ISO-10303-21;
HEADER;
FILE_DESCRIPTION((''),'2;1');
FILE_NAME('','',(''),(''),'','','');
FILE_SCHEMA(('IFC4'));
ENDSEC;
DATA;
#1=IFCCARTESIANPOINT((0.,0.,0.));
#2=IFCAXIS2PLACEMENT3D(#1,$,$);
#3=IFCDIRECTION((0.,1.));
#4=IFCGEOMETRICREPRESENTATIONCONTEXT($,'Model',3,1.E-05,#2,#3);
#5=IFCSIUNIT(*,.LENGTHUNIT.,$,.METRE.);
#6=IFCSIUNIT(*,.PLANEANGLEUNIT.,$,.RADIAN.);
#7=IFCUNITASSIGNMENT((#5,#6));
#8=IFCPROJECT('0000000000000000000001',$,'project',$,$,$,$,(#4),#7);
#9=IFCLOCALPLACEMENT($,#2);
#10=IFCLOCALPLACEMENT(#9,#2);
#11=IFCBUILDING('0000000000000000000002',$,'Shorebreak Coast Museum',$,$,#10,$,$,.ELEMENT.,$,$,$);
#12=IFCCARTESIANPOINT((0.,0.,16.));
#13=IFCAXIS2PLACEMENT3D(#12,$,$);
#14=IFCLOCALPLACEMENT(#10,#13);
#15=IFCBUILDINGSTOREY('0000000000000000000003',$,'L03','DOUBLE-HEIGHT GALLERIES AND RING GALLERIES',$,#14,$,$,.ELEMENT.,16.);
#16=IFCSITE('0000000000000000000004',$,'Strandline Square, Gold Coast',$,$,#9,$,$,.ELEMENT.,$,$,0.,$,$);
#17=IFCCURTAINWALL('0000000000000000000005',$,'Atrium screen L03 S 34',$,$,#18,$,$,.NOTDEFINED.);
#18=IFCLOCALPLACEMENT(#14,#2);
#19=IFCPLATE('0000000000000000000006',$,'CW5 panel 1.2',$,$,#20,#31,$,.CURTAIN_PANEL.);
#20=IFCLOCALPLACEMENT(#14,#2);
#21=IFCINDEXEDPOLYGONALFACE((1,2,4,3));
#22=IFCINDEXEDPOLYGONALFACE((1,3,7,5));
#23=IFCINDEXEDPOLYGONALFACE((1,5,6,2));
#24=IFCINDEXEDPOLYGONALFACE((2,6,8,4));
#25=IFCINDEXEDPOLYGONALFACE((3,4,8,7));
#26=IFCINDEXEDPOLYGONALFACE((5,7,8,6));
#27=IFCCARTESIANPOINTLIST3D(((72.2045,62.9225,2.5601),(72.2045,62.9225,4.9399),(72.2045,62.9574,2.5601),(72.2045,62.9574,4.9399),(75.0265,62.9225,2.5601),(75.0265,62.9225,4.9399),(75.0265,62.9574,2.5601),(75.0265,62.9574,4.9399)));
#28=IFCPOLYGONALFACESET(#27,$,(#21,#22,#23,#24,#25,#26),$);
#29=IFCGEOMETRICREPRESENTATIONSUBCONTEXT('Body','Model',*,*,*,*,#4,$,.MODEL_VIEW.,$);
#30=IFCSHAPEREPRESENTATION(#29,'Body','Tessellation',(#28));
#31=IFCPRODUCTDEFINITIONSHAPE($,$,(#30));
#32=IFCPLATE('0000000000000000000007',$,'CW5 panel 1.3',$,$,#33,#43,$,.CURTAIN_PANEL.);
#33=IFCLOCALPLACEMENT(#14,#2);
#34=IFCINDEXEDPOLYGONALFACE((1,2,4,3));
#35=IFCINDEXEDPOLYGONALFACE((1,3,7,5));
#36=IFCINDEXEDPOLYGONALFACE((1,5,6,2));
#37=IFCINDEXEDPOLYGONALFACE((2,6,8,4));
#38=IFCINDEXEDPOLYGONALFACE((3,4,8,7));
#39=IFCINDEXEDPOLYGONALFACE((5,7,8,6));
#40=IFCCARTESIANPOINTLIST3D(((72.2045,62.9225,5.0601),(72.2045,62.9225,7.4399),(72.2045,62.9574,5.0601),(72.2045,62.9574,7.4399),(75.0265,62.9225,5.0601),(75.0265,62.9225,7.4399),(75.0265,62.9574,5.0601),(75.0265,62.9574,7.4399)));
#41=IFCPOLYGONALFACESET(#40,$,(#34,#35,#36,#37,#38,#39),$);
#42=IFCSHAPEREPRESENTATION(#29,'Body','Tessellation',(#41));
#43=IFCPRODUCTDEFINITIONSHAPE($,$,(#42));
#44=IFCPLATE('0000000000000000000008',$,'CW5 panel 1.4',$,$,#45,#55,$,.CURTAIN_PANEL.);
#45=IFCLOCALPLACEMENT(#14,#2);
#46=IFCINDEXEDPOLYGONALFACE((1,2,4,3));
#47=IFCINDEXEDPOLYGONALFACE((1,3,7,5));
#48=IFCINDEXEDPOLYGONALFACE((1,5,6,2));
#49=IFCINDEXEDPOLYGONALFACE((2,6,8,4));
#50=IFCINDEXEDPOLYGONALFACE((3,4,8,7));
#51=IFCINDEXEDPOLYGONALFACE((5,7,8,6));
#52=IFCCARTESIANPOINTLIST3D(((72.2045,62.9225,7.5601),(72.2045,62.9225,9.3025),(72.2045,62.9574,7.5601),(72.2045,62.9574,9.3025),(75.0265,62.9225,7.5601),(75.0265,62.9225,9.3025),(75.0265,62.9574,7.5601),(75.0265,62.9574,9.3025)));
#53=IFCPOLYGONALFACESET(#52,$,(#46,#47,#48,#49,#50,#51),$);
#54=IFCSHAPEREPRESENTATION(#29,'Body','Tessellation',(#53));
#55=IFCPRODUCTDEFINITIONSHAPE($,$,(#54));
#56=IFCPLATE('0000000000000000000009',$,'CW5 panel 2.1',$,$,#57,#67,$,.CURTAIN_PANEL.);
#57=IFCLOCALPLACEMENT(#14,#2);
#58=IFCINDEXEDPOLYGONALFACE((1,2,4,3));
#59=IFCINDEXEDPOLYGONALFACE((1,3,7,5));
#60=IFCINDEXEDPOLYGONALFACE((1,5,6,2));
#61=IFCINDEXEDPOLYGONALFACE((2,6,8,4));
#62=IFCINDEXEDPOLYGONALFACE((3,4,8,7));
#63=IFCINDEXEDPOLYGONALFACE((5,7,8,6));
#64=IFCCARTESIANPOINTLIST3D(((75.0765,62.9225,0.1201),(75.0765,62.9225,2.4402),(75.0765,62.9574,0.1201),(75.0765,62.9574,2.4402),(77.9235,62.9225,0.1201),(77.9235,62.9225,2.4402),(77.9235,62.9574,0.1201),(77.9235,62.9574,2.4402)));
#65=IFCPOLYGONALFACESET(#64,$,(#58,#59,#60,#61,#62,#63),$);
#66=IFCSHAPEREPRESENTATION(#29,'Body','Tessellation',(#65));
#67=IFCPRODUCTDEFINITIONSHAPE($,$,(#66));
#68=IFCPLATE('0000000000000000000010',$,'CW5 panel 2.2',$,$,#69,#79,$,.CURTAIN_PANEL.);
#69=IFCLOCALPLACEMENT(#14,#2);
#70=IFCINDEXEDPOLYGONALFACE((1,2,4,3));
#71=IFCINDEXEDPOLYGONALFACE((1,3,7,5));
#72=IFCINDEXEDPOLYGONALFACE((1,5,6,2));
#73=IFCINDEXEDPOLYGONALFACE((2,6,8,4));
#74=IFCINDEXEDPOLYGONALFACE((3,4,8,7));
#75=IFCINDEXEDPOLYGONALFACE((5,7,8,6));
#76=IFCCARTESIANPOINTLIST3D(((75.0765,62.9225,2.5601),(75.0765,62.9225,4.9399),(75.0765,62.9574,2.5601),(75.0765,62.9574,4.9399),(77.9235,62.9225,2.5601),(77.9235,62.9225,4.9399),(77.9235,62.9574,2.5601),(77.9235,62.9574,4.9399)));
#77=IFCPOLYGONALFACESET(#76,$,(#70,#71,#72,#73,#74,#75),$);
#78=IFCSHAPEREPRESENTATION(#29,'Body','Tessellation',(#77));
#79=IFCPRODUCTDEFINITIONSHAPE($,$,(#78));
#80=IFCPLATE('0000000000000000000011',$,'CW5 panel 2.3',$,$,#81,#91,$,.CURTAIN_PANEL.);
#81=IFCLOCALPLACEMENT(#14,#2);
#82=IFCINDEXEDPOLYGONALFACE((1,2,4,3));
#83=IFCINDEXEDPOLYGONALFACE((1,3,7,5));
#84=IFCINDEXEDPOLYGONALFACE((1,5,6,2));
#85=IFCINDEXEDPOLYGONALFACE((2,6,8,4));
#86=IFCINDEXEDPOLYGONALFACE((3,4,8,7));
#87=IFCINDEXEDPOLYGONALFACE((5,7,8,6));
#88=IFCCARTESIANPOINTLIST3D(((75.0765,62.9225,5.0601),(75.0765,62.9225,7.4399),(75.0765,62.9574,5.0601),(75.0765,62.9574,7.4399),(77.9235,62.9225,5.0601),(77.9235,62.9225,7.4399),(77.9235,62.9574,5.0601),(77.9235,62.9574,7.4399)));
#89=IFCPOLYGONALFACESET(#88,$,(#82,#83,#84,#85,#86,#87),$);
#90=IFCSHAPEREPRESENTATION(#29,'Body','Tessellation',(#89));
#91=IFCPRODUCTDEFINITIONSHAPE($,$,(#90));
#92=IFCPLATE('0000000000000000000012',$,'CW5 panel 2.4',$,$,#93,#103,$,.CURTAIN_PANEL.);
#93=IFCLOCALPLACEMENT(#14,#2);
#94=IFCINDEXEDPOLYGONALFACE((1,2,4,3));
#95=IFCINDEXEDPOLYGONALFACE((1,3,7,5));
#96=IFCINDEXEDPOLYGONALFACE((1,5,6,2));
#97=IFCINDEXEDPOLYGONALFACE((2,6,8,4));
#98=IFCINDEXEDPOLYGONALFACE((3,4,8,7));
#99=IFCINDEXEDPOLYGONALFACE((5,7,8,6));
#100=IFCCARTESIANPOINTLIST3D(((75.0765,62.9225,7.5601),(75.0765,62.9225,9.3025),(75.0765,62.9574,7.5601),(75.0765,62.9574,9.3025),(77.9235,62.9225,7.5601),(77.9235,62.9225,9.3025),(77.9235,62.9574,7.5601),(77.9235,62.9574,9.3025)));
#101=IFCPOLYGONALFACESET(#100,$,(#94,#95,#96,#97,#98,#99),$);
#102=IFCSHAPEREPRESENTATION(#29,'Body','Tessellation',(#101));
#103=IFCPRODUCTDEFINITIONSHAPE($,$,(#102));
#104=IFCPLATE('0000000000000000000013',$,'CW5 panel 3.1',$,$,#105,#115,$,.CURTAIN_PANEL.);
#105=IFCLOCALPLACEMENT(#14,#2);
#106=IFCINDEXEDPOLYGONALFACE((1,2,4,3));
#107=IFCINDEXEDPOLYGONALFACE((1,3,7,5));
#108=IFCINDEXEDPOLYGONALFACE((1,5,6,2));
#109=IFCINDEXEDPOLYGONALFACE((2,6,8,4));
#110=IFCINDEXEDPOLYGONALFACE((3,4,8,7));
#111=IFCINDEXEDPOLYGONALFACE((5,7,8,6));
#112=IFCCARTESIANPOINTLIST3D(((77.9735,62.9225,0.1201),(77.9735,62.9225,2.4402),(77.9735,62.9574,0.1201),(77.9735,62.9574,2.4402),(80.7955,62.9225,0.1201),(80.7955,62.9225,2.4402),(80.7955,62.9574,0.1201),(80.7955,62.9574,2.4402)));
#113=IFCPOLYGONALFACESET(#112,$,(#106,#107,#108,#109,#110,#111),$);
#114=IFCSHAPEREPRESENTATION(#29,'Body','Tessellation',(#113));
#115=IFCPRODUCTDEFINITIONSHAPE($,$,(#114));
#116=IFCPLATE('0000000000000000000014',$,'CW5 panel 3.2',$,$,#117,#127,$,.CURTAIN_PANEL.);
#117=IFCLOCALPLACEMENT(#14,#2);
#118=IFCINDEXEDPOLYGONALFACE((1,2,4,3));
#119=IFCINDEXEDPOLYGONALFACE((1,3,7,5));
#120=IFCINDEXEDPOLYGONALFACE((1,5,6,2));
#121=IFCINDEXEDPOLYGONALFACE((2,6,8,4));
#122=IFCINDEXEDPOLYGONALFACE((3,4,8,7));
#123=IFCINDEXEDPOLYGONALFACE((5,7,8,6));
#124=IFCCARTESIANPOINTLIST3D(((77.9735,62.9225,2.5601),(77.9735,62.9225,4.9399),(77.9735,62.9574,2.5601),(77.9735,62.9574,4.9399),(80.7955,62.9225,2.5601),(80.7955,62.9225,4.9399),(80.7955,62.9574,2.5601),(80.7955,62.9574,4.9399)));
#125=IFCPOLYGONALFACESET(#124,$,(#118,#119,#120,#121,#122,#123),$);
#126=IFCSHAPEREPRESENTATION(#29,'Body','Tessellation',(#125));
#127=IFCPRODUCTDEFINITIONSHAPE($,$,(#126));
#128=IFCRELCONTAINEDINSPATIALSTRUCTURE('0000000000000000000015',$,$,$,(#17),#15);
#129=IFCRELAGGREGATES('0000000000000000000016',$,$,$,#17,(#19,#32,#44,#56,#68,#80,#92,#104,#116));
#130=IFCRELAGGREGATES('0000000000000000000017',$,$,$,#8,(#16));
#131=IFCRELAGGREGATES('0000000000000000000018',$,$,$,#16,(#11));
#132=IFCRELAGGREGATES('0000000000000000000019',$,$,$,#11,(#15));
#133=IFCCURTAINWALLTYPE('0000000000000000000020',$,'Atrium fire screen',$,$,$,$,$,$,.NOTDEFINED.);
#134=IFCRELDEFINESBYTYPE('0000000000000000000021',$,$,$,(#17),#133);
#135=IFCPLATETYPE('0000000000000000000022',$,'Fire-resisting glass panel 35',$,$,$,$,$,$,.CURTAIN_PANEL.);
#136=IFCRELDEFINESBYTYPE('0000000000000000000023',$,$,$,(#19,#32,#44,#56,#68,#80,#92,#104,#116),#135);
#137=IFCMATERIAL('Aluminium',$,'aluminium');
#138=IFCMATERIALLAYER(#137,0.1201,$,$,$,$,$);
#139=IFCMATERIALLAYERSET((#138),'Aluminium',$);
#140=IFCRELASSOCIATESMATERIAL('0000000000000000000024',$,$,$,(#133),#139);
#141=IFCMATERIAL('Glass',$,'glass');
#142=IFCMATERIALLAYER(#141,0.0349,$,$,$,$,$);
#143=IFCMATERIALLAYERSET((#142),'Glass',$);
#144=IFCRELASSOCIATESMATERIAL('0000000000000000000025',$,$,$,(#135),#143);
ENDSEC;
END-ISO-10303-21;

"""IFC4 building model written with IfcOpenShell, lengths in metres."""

from ifc_helpers import new_model, si_unit, direction, frame, origin, origin_2d, place, context, subcontext, project, spatial, rectangle, extrude, material, layer, layer_set, type_object, element, aggregate, save


model = new_model("IFC4")

# Units and contexts
model_context = context("Model", 3, precision=1e-05, world=origin(), true_north=direction((0.0, 1.0)))
body_context = subcontext(model_context, "Body", "Model", "MODEL_VIEW")
ifc_project = project(units=[si_unit("LENGTHUNIT", "METRE"), si_unit("PLANEANGLEUNIT", "RADIAN")], contexts=[model_context])

# Site, building, storey
site_placement = place(None, origin())
site = spatial("IfcSite", under=ifc_project, at=site_placement, Name="Strandline Square, Gold Coast", CompositionType="ELEMENT", RefElevation=0.0)
building_placement = place(site_placement, origin())
building = spatial("IfcBuilding", under=site, at=building_placement, Name="Shorebreak Coast Museum", CompositionType="ELEMENT")
storey_placement = place(building_placement, frame((0.0, 0.0, 16.0)))
storey = spatial("IfcBuildingStorey", under=building, at=storey_placement, Name="L03", Description="DOUBLE-HEIGHT GALLERIES AND RING GALLERIES", CompositionType="ELEMENT", Elevation=16.0)

# Curtain wall, plates
ifc_material_1 = material(Name="Aluminium", Category="aluminium")
ifc_layer_1 = layer(ifc_material_1, 0.1201)
ifc_layer_set_1 = layer_set([ifc_layer_1], Name="Aluminium")
curtain_wall_type = type_object("IfcCurtainWallType", Name="Atrium fire screen", PredefinedType="NOTDEFINED", material=ifc_layer_set_1)
curtain_wall_placement = place(storey_placement, origin())
curtain_wall = element("IfcCurtainWall", 1, at=curtain_wall_placement, inside=storey, type_object=curtain_wall_type, Name="Atrium screen L03 S 34", PredefinedType="NOTDEFINED")
ifc_material_2 = material(Name="Glass", Category="glass")
ifc_layer_2 = layer(ifc_material_2, 0.0349)
ifc_layer_set_2 = layer_set([ifc_layer_2], Name="Glass")
plate_type = type_object("IfcPlateType", Name="Fire-resisting glass panel 35", PredefinedType="CURTAIN_PANEL", material=ifc_layer_set_2)
plate_1_placement = place(storey_placement, frame((73.6155, 62.9399, 2.5601), z_axis=(0.0, 0.0, 1.0), x_axis=(1.0, 0.0, 0.0)))
plate_1 = element("IfcPlate", 2, at=plate_1_placement, type_object=plate_type, Name="CW5 panel 1.2", PredefinedType="CURTAIN_PANEL", context=body_context, shape_type="SweptSolid", body=[
    extrude(rectangle(XDim=2.822, YDim=0.0349, at=origin_2d()), origin(), (0.0, 0.0, 1.0), 2.3799),
])
plate_2_placement = place(storey_placement, frame((73.6155, 62.9399, 5.0601), z_axis=(0.0, 0.0, 1.0), x_axis=(1.0, 0.0, 0.0)))
plate_2 = element("IfcPlate", 3, at=plate_2_placement, type_object=plate_type, Name="CW5 panel 1.3", PredefinedType="CURTAIN_PANEL", context=body_context, shape_type="SweptSolid", body=[
    extrude(rectangle(XDim=2.822, YDim=0.0349, at=origin_2d()), origin(), (0.0, 0.0, 1.0), 2.3799),
])
plate_3_placement = place(storey_placement, frame((73.6155, 62.9399, 7.5601), z_axis=(0.0, 0.0, 1.0), x_axis=(1.0, 0.0, 0.0)))
plate_3 = element("IfcPlate", 4, at=plate_3_placement, type_object=plate_type, Name="CW5 panel 1.4", PredefinedType="CURTAIN_PANEL", context=body_context, shape_type="SweptSolid", body=[
    extrude(rectangle(XDim=2.822, YDim=0.0349, at=origin_2d()), origin(), (0.0, 0.0, 1.0), 1.7424),
])
plate_4_placement = place(storey_placement, frame((76.5, 62.9399, 0.1201), z_axis=(0.0, 0.0, 1.0), x_axis=(1.0, 0.0, 0.0)))
plate_4 = element("IfcPlate", 5, at=plate_4_placement, type_object=plate_type, Name="CW5 panel 2.1", PredefinedType="CURTAIN_PANEL", context=body_context, shape_type="SweptSolid", body=[
    extrude(rectangle(XDim=2.8469, YDim=0.0349, at=origin_2d()), origin(), (0.0, 0.0, 1.0), 2.3201),
])
plate_5_placement = place(storey_placement, frame((76.5, 62.9399, 2.5601), z_axis=(0.0, 0.0, 1.0), x_axis=(1.0, 0.0, 0.0)))
plate_5 = element("IfcPlate", 6, at=plate_5_placement, type_object=plate_type, Name="CW5 panel 2.2", PredefinedType="CURTAIN_PANEL", context=body_context, shape_type="SweptSolid", body=[
    extrude(rectangle(XDim=2.8469, YDim=0.0349, at=origin_2d()), origin(), (0.0, 0.0, 1.0), 2.3799),
])
plate_6_placement = place(storey_placement, frame((76.5, 62.9399, 5.0601), z_axis=(0.0, 0.0, 1.0), x_axis=(1.0, 0.0, 0.0)))
plate_6 = element("IfcPlate", 7, at=plate_6_placement, type_object=plate_type, Name="CW5 panel 2.3", PredefinedType="CURTAIN_PANEL", context=body_context, shape_type="SweptSolid", body=[
    extrude(rectangle(XDim=2.8469, YDim=0.0349, at=origin_2d()), origin(), (0.0, 0.0, 1.0), 2.3799),
])
plate_7_placement = place(storey_placement, frame((76.5, 62.9399, 7.5601), z_axis=(0.0, 0.0, 1.0), x_axis=(1.0, 0.0, 0.0)))
plate_7 = element("IfcPlate", 8, at=plate_7_placement, type_object=plate_type, Name="CW5 panel 2.4", PredefinedType="CURTAIN_PANEL", context=body_context, shape_type="SweptSolid", body=[
    extrude(rectangle(XDim=2.8469, YDim=0.0349, at=origin_2d()), origin(), (0.0, 0.0, 1.0), 1.7424),
])
plate_8_placement = place(storey_placement, frame((79.3845, 62.9399, 0.1201), z_axis=(0.0, 0.0, 1.0), x_axis=(1.0, 0.0, 0.0)))
plate_8 = element("IfcPlate", 9, at=plate_8_placement, type_object=plate_type, Name="CW5 panel 3.1", PredefinedType="CURTAIN_PANEL", context=body_context, shape_type="SweptSolid", body=[
    extrude(rectangle(XDim=2.822, YDim=0.0349, at=origin_2d()), origin(), (0.0, 0.0, 1.0), 2.3201),
])
plate_9_placement = place(storey_placement, frame((79.3845, 62.9399, 2.5601), z_axis=(0.0, 0.0, 1.0), x_axis=(1.0, 0.0, 0.0)))
plate_9 = element("IfcPlate", 10, at=plate_9_placement, type_object=plate_type, Name="CW5 panel 3.2", PredefinedType="CURTAIN_PANEL", context=body_context, shape_type="SweptSolid", body=[
    extrude(rectangle(XDim=2.822, YDim=0.0349, at=origin_2d()), origin(), (0.0, 0.0, 1.0), 2.3799),
])
aggregate(curtain_wall, [plate_1, plate_2, plate_3, plate_4, plate_5, plate_6, plate_7, plate_8, plate_9])

save(model, "model.ifc")
